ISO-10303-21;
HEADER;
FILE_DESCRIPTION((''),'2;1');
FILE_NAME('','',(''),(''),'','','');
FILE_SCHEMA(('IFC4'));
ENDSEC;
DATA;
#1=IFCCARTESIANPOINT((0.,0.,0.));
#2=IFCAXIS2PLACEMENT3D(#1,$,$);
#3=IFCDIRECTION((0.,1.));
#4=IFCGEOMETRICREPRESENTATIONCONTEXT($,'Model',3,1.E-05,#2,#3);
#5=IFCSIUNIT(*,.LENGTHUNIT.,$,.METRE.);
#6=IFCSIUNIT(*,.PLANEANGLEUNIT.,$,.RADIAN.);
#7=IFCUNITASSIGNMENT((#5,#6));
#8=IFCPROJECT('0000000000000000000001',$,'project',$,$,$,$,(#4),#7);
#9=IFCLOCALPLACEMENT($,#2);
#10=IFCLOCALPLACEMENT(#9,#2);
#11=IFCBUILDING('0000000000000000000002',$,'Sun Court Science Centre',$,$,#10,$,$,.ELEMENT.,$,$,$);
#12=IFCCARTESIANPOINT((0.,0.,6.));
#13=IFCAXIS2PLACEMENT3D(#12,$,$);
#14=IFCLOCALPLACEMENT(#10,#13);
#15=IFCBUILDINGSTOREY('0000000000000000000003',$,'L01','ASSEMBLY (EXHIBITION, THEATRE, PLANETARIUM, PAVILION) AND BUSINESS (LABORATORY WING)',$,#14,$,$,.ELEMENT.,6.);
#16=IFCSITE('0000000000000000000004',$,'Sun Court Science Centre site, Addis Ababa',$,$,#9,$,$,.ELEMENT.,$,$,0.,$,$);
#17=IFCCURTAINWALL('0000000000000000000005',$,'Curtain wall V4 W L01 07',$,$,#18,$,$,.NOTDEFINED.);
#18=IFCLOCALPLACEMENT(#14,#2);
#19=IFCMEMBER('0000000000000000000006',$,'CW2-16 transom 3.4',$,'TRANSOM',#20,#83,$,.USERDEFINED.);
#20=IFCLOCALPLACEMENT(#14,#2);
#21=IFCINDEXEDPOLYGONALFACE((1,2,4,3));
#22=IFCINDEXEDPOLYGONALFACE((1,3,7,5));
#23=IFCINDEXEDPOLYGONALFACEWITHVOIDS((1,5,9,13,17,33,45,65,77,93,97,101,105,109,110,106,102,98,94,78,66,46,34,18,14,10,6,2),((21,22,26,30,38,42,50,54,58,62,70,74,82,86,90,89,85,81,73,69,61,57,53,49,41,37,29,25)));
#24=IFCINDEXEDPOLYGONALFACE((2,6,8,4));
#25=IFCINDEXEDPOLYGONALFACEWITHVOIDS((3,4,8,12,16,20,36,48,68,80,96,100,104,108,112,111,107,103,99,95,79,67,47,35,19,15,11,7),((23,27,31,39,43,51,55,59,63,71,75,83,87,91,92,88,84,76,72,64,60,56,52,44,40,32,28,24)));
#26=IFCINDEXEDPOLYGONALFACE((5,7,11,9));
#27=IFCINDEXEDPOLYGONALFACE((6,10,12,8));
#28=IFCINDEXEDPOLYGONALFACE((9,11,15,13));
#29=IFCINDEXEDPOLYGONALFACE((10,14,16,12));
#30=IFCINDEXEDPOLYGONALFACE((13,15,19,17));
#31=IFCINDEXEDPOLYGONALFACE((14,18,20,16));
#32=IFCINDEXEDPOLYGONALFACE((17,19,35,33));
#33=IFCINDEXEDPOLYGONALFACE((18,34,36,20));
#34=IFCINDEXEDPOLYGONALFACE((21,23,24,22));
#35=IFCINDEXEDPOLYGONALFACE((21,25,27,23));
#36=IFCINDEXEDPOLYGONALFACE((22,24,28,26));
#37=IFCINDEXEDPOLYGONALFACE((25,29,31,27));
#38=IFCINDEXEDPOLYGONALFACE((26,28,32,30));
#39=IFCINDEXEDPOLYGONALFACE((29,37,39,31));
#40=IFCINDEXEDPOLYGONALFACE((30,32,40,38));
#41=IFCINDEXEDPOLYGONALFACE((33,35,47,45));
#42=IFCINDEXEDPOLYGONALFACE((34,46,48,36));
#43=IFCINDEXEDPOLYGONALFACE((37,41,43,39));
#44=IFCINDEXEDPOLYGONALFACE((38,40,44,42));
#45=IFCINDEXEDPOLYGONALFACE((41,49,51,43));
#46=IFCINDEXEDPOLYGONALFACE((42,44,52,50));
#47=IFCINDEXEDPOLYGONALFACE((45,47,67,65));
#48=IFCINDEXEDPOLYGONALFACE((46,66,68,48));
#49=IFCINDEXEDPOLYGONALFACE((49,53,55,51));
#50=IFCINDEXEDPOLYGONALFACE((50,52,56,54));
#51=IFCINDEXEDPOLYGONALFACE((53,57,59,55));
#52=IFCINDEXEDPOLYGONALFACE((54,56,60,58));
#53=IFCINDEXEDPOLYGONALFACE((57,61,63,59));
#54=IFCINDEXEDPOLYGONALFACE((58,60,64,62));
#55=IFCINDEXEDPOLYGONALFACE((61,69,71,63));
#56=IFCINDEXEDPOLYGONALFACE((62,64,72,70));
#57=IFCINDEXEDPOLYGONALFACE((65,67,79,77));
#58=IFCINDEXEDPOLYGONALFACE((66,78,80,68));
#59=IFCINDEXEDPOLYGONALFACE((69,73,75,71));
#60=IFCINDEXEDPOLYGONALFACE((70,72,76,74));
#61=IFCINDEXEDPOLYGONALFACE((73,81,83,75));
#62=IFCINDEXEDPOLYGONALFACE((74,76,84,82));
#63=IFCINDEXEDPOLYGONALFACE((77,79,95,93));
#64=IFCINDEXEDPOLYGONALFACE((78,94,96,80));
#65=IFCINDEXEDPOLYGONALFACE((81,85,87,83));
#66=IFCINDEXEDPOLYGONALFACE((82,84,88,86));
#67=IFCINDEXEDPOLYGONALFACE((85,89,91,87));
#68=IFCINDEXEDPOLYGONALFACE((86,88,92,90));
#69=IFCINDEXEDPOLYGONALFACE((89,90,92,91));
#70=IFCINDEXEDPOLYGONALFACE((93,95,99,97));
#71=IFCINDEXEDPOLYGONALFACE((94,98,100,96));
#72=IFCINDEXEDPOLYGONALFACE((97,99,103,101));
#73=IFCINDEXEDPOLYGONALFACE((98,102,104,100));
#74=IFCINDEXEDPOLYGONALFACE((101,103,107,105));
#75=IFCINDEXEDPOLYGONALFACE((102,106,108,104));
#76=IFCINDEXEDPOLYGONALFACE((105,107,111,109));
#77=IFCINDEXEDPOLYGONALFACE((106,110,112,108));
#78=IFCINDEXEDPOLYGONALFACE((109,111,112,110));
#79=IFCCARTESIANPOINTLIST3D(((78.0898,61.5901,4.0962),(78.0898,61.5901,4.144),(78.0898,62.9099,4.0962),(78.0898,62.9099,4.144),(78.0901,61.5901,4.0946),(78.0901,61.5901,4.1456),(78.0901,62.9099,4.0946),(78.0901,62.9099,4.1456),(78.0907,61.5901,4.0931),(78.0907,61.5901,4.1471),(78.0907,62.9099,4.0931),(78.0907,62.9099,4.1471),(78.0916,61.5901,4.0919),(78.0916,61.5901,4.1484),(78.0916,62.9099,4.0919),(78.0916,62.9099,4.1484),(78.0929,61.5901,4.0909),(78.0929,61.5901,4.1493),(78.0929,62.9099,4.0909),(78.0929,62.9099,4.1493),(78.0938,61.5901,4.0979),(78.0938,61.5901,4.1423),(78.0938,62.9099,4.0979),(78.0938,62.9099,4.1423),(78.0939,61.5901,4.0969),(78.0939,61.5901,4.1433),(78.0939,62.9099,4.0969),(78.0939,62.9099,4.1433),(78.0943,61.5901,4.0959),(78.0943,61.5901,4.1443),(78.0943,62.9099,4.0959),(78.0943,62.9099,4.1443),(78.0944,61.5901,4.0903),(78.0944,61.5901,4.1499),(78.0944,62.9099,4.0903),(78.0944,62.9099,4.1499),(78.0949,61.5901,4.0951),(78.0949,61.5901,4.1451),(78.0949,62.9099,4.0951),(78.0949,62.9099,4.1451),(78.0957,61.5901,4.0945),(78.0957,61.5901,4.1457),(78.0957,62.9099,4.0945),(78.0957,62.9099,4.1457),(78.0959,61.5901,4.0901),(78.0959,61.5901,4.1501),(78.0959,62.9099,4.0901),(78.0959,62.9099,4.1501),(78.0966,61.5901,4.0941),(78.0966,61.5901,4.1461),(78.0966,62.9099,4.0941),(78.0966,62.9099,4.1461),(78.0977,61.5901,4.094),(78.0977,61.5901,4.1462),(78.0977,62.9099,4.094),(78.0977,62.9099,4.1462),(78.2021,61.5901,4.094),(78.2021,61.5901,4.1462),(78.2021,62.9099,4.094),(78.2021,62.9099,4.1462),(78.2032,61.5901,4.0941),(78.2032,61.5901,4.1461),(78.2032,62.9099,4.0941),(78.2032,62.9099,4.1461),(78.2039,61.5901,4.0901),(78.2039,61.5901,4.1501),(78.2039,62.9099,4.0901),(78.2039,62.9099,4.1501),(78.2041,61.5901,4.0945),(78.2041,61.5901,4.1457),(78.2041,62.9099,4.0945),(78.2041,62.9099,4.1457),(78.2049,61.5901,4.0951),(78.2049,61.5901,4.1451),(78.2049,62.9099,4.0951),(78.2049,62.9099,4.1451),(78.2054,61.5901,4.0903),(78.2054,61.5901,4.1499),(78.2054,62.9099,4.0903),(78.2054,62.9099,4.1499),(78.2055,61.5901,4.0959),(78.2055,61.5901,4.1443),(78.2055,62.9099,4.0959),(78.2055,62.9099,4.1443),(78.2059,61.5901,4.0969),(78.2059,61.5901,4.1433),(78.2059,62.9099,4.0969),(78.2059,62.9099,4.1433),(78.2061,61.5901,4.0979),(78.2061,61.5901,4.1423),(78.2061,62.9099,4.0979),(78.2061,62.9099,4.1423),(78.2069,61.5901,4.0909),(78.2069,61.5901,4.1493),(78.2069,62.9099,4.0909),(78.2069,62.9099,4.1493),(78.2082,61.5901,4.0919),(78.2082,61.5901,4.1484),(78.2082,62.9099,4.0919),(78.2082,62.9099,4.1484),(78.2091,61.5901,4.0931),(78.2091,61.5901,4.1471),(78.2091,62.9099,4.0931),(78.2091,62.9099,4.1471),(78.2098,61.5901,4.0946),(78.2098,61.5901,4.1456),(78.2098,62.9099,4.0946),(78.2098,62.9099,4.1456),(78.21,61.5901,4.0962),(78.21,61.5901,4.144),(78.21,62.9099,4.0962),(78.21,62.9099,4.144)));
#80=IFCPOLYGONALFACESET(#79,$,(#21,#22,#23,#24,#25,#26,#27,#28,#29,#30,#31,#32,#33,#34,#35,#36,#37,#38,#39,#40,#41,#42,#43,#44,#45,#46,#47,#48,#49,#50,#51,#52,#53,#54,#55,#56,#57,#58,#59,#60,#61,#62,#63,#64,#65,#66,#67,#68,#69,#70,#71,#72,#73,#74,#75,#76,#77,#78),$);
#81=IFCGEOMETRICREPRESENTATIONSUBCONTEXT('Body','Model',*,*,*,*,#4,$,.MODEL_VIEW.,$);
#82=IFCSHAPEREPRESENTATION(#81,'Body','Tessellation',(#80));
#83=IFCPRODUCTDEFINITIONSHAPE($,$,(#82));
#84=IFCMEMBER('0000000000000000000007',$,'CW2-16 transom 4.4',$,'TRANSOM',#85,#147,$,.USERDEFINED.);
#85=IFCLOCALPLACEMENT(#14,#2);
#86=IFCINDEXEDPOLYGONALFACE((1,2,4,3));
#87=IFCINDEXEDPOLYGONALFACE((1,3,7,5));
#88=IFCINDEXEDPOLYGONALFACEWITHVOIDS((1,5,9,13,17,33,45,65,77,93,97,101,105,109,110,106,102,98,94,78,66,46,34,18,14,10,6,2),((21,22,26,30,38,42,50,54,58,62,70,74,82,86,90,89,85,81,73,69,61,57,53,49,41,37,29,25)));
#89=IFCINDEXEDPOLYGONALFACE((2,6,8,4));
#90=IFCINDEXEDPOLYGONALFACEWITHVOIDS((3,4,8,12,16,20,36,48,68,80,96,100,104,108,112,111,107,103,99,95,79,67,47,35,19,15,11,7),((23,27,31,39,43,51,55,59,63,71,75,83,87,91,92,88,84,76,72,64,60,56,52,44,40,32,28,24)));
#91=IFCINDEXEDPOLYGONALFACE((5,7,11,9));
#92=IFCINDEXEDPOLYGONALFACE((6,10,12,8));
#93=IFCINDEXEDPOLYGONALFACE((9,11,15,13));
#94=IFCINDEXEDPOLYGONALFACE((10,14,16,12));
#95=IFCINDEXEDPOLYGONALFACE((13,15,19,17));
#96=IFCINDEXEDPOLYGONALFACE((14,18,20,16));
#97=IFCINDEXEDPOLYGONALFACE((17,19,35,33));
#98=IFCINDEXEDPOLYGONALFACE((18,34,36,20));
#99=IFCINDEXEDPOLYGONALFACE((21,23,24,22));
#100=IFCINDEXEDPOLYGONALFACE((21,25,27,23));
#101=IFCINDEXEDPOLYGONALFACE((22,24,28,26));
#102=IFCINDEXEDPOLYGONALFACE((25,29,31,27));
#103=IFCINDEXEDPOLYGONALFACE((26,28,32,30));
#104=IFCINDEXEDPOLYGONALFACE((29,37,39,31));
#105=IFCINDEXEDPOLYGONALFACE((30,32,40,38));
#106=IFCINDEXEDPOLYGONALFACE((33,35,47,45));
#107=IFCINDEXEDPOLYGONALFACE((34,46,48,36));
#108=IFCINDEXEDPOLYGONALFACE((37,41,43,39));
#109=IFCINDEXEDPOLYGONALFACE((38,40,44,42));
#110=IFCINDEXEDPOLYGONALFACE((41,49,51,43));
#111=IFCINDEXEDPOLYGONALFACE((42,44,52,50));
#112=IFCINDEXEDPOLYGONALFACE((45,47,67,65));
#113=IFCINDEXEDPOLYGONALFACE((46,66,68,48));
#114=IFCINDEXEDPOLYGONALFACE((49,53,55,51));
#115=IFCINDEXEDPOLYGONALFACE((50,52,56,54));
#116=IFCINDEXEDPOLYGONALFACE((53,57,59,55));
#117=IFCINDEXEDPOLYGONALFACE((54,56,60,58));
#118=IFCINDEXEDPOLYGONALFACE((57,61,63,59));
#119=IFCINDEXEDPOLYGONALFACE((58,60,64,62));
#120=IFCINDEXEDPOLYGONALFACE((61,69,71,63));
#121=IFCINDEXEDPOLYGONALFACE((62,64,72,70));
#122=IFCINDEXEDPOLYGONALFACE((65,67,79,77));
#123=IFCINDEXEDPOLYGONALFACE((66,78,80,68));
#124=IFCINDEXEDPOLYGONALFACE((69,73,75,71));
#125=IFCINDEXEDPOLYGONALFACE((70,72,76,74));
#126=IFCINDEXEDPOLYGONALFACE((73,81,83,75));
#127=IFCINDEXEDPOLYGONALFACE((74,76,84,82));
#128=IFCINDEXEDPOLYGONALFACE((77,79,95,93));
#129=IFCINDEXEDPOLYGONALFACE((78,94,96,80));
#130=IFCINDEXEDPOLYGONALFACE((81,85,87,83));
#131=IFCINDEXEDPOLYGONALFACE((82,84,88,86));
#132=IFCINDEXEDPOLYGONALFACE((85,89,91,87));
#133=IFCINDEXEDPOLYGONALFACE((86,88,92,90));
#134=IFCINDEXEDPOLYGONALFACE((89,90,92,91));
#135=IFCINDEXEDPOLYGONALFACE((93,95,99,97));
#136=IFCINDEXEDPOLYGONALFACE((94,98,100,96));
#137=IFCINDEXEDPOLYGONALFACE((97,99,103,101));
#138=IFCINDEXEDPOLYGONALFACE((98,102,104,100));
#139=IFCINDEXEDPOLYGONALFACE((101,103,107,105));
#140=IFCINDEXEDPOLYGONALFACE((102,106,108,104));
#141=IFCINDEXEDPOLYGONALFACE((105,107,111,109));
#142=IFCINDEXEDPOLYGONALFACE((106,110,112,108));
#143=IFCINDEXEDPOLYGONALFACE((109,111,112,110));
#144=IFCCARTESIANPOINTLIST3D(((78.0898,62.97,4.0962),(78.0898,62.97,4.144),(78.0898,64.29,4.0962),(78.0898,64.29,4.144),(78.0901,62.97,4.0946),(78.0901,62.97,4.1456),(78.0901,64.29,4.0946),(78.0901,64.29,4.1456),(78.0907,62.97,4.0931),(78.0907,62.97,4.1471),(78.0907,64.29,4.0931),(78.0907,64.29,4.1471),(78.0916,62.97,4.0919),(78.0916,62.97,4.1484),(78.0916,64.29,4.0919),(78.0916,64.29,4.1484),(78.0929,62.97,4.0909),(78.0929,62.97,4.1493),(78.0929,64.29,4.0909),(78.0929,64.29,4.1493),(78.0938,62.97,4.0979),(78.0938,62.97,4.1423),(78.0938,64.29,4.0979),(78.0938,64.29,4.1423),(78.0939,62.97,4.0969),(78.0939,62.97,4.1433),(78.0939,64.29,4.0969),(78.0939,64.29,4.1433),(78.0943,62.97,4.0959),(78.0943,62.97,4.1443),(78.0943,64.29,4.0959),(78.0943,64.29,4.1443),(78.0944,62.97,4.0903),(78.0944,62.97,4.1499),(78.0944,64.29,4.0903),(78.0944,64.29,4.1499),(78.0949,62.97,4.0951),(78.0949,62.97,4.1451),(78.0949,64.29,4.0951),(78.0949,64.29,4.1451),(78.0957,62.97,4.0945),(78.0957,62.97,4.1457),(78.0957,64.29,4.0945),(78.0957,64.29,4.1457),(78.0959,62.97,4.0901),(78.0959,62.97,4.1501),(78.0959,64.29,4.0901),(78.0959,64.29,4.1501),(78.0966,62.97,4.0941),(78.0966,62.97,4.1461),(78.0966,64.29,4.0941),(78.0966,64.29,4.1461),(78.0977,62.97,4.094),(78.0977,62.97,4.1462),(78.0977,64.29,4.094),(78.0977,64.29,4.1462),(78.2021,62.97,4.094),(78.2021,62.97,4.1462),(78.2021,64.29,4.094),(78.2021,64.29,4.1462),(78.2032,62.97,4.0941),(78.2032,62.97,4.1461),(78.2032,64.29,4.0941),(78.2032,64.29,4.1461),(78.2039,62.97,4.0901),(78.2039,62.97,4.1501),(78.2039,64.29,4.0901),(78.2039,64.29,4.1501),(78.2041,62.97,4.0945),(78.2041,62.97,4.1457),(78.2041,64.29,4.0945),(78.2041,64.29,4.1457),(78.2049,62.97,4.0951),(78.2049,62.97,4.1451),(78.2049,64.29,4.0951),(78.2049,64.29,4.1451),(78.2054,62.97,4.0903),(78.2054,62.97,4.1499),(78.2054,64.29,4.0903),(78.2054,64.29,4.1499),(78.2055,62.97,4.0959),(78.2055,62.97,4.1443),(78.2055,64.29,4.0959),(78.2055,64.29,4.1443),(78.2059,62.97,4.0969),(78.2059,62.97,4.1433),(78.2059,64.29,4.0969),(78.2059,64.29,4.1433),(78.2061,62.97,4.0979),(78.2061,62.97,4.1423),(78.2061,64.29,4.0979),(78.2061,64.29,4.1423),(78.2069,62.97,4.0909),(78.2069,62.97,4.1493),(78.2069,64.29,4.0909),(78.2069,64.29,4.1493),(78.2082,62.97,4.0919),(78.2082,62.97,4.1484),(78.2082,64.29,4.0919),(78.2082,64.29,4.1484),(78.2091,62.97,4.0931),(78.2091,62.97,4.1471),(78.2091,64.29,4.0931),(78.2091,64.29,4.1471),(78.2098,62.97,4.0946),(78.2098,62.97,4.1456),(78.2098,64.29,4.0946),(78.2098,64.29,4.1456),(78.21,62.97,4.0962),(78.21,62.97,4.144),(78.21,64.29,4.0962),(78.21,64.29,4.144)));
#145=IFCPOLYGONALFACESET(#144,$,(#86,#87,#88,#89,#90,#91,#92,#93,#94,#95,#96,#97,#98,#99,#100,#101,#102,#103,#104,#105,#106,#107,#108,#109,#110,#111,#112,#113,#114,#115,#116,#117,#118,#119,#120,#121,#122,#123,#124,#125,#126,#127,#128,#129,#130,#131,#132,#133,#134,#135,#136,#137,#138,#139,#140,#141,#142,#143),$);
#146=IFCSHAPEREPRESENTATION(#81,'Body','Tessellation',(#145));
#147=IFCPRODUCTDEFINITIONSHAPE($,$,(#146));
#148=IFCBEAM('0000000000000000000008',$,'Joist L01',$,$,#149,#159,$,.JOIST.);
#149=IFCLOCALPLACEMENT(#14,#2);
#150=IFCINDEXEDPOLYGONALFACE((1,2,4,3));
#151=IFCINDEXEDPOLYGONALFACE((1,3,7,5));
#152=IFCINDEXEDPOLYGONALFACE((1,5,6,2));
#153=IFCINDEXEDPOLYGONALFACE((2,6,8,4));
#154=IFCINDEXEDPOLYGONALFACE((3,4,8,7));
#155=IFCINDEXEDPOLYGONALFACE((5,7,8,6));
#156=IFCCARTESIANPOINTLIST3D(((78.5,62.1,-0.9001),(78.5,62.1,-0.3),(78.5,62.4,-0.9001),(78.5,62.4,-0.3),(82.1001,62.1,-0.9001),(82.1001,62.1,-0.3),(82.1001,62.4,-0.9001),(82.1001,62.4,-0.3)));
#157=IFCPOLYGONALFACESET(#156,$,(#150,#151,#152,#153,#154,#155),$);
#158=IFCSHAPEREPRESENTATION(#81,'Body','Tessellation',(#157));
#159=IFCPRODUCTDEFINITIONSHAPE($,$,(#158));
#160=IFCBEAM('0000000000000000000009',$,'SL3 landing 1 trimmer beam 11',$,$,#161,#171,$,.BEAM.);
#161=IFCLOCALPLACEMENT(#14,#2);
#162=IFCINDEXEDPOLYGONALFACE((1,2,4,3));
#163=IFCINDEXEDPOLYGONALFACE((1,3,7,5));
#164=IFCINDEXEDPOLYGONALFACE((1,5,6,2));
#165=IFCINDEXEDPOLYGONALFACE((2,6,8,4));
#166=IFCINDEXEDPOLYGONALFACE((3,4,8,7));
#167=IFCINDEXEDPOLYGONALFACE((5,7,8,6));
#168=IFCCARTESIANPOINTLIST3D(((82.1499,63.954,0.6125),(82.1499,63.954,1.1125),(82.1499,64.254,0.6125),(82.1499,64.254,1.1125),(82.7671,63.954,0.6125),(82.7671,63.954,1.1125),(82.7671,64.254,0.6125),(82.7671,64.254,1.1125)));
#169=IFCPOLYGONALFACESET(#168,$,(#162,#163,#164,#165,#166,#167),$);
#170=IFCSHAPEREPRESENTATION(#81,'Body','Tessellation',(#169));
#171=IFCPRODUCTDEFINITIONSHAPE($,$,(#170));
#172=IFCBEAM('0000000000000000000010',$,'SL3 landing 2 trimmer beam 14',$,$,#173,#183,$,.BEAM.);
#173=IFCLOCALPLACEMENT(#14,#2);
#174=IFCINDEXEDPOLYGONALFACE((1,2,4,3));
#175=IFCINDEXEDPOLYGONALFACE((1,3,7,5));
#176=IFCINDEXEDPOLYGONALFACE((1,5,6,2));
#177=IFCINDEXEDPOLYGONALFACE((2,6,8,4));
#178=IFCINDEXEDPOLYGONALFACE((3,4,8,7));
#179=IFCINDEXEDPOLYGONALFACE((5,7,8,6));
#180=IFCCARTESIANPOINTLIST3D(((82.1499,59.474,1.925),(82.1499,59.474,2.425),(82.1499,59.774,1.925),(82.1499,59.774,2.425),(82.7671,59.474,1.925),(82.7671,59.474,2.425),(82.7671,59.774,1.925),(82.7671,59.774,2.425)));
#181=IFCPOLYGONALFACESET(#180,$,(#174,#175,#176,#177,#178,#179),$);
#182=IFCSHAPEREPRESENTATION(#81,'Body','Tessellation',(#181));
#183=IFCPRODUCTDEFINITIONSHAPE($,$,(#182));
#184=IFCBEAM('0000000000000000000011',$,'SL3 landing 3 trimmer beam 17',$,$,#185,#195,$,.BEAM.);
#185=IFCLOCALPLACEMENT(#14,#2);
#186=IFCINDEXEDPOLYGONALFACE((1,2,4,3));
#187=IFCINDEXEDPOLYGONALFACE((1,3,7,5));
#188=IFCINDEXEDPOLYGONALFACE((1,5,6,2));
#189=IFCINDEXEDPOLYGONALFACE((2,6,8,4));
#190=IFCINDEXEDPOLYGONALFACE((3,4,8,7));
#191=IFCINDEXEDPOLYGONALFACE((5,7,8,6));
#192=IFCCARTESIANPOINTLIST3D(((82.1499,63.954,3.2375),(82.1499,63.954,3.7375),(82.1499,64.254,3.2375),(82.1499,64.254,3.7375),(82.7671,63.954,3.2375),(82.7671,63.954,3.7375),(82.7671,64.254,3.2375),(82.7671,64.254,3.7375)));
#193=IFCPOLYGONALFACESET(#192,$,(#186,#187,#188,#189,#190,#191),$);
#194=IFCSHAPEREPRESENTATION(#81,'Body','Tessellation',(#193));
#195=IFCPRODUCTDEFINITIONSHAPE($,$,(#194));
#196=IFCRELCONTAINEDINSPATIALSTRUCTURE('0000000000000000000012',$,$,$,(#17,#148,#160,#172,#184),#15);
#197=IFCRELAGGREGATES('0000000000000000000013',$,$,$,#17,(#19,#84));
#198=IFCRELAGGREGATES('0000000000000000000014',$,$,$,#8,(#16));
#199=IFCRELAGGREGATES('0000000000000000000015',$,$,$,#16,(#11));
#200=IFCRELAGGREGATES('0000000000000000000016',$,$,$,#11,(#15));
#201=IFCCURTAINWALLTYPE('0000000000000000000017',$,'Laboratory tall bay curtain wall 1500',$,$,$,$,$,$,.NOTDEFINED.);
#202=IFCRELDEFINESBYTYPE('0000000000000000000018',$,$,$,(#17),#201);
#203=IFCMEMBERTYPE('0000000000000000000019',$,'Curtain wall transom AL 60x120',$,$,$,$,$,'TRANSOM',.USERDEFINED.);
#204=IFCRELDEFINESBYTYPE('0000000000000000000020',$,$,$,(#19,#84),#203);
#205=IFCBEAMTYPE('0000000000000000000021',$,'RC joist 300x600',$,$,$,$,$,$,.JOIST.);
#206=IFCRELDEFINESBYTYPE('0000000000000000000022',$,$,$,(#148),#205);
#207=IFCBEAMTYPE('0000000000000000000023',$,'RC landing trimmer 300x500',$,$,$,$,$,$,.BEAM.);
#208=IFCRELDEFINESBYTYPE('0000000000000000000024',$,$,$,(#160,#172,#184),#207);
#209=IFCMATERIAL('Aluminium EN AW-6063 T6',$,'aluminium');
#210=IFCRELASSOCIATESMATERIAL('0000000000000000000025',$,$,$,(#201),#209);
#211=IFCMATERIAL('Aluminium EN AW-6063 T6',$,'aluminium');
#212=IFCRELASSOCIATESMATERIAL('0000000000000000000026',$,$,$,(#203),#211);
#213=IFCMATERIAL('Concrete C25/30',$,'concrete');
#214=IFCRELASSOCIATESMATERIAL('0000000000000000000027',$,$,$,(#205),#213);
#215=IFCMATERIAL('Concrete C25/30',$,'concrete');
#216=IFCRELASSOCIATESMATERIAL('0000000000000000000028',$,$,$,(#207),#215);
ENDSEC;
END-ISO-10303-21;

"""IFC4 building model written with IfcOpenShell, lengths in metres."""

from ifc_helpers import new_model, si_unit, direction, frame, origin, origin_2d, place, context, subcontext, project, spatial, rectangle, hollow_rectangle, extrude, material, material_profile, profile_set, type_object, element, aggregate, save


model = new_model("IFC4")

# Units and contexts
model_context = context("Model", 3, precision=1e-05, world=origin(), true_north=direction((0.0, 1.0)))
body_context = subcontext(model_context, "Body", "Model", "MODEL_VIEW")
ifc_project = project(units=[si_unit("LENGTHUNIT", "METRE"), si_unit("PLANEANGLEUNIT", "RADIAN")], contexts=[model_context])

# Site, building, storey
site_placement = place(None, origin())
site = spatial("IfcSite", under=ifc_project, at=site_placement, Name="Sun Court Science Centre site, Addis Ababa", CompositionType="ELEMENT", RefElevation=0.0)
building_placement = place(site_placement, origin())
building = spatial("IfcBuilding", under=site, at=building_placement, Name="Sun Court Science Centre", CompositionType="ELEMENT")
storey_placement = place(building_placement, frame((0.0, 0.0, 6.0)))
storey = spatial("IfcBuildingStorey", under=building, at=storey_placement, Name="L01", Description="ASSEMBLY (EXHIBITION, THEATRE, PLANETARIUM, PAVILION) AND BUSINESS (LABORATORY WING)", CompositionType="ELEMENT", Elevation=6.0)

# Curtain wall, members
ifc_material_1 = material(Name="Aluminium EN AW-6063 T6", Category="aluminium")
curtain_wall_type = type_object("IfcCurtainWallType", Name="Laboratory tall bay curtain wall 1500", PredefinedType="NOTDEFINED", material=ifc_material_1)
curtain_wall_placement = place(storey_placement, origin())
curtain_wall = element("IfcCurtainWall", 1, at=curtain_wall_placement, inside=storey, type_object=curtain_wall_type, Name="Curtain wall V4 W L01 07", PredefinedType="NOTDEFINED")
ifc_material_2 = material(Name="Aluminium EN AW-6063 T6", Category="aluminium")
ifc_material_profile_1 = material_profile(ifc_material_2, hollow_rectangle(XDim=0.0601, YDim=0.1201, WallThickness=0.0039, InnerFilletRadius=0.0039, OuterFilletRadius=0.0061, at=origin_2d()), Name="AL 60x120x4")
ifc_profile_set_1 = profile_set([ifc_material_profile_1], Name="Aluminium EN AW-6063 T6")
member_type_1 = type_object("IfcMemberType", Name="Curtain wall transom AL 60x120", ElementType="TRANSOM", PredefinedType="USERDEFINED", material=ifc_profile_set_1)
member_1_placement = place(storey_placement, frame((78.1499, 61.5901, 4.1201), z_axis=(0.0, 1.0, 0.0), x_axis=(0.0, 0.0, 1.0)))
member_1 = element("IfcMember", 2, at=member_1_placement, type_object=member_type_1, Name="CW2-16 transom 3.4", ObjectType="TRANSOM", PredefinedType="USERDEFINED", context=body_context, shape_type="SweptSolid", body=[
    extrude(hollow_rectangle(XDim=0.0601, YDim=0.1201, WallThickness=0.0039, InnerFilletRadius=0.0039, OuterFilletRadius=0.0061, at=origin_2d()), origin(), (0.0, 0.0, 1.0), 1.3198),
])
member_2_placement = place(storey_placement, frame((78.1499, 62.97, 4.1201), z_axis=(0.0, 1.0, 0.0), x_axis=(0.0, 0.0, 1.0)))
member_2 = element("IfcMember", 3, at=member_2_placement, type_object=member_type_1, Name="CW2-16 transom 4.4", ObjectType="TRANSOM", PredefinedType="USERDEFINED", context=body_context, shape_type="SweptSolid", body=[
    extrude(hollow_rectangle(XDim=0.0601, YDim=0.1201, WallThickness=0.0039, InnerFilletRadius=0.0039, OuterFilletRadius=0.0061, at=origin_2d()), origin(), (0.0, 0.0, 1.0), 1.3201),
])

# Beams
ifc_material_3 = material(Name="Concrete C25/30", Category="concrete")
ifc_material_profile_2 = material_profile(ifc_material_3, rectangle(XDim=0.3, YDim=0.6001, at=origin_2d()), Name="RC 300x600")
ifc_profile_set_2 = profile_set([ifc_material_profile_2], Name="Concrete C25/30")
beam_type_1 = type_object("IfcBeamType", Name="RC joist 300x600", PredefinedType="JOIST", material=ifc_profile_set_2)
beam_placement = place(storey_placement, frame((78.5, 62.25, -0.6001), z_axis=(1.0, 0.0, 0.0), x_axis=(0.0, 1.0, 0.0)))
element("IfcBeam", 4, at=beam_placement, inside=storey, type_object=beam_type_1, Name="Joist L01", PredefinedType="JOIST", context=body_context, shape_type="SweptSolid", body=[
    extrude(rectangle(XDim=0.3, YDim=0.6001, at=origin_2d()), origin(), (0.0, 0.0, 1.0), 3.6001),
])
ifc_material_4 = material(Name="Concrete C25/30", Category="concrete")
ifc_material_profile_3 = material_profile(ifc_material_4, rectangle(XDim=0.3, YDim=0.5, at=origin_2d()), Name="RC 300x500")
ifc_profile_set_3 = profile_set([ifc_material_profile_3], Name="Concrete C25/30")
beam_type_2 = type_object("IfcBeamType", Name="RC landing trimmer 300x500", PredefinedType="BEAM", material=ifc_profile_set_3)
for number, where, z_axis, x_axis, name in (
    (5, (82.1499, 64.104, 0.8625), (1.0, 0.0, 0.0), (0.0, 1.0, 0.0), "SL3 landing 1 trimmer beam 11"),
    (6, (82.1499, 59.624, 2.175), (1.0, 0.0, 0.0), (0.0, 1.0, 0.0), "SL3 landing 2 trimmer beam 14"),
    (7, (82.1499, 64.104, 3.4875), (1.0, 0.0, 0.0), (0.0, 1.0, 0.0), "SL3 landing 3 trimmer beam 17"),
):
    element("IfcBeam", number, at=place(storey_placement, frame(where, z_axis=z_axis, x_axis=x_axis)), inside=storey, type_object=beam_type_2, Name=name, PredefinedType="BEAM", context=body_context, shape_type="SweptSolid", body=[
        extrude(rectangle(XDim=0.3, YDim=0.5, at=origin_2d()), origin(), (0.0, 0.0, 1.0), 0.6172),
    ])

aggregate(curtain_wall, [member_1, member_2])

save(model, "model.ifc")
